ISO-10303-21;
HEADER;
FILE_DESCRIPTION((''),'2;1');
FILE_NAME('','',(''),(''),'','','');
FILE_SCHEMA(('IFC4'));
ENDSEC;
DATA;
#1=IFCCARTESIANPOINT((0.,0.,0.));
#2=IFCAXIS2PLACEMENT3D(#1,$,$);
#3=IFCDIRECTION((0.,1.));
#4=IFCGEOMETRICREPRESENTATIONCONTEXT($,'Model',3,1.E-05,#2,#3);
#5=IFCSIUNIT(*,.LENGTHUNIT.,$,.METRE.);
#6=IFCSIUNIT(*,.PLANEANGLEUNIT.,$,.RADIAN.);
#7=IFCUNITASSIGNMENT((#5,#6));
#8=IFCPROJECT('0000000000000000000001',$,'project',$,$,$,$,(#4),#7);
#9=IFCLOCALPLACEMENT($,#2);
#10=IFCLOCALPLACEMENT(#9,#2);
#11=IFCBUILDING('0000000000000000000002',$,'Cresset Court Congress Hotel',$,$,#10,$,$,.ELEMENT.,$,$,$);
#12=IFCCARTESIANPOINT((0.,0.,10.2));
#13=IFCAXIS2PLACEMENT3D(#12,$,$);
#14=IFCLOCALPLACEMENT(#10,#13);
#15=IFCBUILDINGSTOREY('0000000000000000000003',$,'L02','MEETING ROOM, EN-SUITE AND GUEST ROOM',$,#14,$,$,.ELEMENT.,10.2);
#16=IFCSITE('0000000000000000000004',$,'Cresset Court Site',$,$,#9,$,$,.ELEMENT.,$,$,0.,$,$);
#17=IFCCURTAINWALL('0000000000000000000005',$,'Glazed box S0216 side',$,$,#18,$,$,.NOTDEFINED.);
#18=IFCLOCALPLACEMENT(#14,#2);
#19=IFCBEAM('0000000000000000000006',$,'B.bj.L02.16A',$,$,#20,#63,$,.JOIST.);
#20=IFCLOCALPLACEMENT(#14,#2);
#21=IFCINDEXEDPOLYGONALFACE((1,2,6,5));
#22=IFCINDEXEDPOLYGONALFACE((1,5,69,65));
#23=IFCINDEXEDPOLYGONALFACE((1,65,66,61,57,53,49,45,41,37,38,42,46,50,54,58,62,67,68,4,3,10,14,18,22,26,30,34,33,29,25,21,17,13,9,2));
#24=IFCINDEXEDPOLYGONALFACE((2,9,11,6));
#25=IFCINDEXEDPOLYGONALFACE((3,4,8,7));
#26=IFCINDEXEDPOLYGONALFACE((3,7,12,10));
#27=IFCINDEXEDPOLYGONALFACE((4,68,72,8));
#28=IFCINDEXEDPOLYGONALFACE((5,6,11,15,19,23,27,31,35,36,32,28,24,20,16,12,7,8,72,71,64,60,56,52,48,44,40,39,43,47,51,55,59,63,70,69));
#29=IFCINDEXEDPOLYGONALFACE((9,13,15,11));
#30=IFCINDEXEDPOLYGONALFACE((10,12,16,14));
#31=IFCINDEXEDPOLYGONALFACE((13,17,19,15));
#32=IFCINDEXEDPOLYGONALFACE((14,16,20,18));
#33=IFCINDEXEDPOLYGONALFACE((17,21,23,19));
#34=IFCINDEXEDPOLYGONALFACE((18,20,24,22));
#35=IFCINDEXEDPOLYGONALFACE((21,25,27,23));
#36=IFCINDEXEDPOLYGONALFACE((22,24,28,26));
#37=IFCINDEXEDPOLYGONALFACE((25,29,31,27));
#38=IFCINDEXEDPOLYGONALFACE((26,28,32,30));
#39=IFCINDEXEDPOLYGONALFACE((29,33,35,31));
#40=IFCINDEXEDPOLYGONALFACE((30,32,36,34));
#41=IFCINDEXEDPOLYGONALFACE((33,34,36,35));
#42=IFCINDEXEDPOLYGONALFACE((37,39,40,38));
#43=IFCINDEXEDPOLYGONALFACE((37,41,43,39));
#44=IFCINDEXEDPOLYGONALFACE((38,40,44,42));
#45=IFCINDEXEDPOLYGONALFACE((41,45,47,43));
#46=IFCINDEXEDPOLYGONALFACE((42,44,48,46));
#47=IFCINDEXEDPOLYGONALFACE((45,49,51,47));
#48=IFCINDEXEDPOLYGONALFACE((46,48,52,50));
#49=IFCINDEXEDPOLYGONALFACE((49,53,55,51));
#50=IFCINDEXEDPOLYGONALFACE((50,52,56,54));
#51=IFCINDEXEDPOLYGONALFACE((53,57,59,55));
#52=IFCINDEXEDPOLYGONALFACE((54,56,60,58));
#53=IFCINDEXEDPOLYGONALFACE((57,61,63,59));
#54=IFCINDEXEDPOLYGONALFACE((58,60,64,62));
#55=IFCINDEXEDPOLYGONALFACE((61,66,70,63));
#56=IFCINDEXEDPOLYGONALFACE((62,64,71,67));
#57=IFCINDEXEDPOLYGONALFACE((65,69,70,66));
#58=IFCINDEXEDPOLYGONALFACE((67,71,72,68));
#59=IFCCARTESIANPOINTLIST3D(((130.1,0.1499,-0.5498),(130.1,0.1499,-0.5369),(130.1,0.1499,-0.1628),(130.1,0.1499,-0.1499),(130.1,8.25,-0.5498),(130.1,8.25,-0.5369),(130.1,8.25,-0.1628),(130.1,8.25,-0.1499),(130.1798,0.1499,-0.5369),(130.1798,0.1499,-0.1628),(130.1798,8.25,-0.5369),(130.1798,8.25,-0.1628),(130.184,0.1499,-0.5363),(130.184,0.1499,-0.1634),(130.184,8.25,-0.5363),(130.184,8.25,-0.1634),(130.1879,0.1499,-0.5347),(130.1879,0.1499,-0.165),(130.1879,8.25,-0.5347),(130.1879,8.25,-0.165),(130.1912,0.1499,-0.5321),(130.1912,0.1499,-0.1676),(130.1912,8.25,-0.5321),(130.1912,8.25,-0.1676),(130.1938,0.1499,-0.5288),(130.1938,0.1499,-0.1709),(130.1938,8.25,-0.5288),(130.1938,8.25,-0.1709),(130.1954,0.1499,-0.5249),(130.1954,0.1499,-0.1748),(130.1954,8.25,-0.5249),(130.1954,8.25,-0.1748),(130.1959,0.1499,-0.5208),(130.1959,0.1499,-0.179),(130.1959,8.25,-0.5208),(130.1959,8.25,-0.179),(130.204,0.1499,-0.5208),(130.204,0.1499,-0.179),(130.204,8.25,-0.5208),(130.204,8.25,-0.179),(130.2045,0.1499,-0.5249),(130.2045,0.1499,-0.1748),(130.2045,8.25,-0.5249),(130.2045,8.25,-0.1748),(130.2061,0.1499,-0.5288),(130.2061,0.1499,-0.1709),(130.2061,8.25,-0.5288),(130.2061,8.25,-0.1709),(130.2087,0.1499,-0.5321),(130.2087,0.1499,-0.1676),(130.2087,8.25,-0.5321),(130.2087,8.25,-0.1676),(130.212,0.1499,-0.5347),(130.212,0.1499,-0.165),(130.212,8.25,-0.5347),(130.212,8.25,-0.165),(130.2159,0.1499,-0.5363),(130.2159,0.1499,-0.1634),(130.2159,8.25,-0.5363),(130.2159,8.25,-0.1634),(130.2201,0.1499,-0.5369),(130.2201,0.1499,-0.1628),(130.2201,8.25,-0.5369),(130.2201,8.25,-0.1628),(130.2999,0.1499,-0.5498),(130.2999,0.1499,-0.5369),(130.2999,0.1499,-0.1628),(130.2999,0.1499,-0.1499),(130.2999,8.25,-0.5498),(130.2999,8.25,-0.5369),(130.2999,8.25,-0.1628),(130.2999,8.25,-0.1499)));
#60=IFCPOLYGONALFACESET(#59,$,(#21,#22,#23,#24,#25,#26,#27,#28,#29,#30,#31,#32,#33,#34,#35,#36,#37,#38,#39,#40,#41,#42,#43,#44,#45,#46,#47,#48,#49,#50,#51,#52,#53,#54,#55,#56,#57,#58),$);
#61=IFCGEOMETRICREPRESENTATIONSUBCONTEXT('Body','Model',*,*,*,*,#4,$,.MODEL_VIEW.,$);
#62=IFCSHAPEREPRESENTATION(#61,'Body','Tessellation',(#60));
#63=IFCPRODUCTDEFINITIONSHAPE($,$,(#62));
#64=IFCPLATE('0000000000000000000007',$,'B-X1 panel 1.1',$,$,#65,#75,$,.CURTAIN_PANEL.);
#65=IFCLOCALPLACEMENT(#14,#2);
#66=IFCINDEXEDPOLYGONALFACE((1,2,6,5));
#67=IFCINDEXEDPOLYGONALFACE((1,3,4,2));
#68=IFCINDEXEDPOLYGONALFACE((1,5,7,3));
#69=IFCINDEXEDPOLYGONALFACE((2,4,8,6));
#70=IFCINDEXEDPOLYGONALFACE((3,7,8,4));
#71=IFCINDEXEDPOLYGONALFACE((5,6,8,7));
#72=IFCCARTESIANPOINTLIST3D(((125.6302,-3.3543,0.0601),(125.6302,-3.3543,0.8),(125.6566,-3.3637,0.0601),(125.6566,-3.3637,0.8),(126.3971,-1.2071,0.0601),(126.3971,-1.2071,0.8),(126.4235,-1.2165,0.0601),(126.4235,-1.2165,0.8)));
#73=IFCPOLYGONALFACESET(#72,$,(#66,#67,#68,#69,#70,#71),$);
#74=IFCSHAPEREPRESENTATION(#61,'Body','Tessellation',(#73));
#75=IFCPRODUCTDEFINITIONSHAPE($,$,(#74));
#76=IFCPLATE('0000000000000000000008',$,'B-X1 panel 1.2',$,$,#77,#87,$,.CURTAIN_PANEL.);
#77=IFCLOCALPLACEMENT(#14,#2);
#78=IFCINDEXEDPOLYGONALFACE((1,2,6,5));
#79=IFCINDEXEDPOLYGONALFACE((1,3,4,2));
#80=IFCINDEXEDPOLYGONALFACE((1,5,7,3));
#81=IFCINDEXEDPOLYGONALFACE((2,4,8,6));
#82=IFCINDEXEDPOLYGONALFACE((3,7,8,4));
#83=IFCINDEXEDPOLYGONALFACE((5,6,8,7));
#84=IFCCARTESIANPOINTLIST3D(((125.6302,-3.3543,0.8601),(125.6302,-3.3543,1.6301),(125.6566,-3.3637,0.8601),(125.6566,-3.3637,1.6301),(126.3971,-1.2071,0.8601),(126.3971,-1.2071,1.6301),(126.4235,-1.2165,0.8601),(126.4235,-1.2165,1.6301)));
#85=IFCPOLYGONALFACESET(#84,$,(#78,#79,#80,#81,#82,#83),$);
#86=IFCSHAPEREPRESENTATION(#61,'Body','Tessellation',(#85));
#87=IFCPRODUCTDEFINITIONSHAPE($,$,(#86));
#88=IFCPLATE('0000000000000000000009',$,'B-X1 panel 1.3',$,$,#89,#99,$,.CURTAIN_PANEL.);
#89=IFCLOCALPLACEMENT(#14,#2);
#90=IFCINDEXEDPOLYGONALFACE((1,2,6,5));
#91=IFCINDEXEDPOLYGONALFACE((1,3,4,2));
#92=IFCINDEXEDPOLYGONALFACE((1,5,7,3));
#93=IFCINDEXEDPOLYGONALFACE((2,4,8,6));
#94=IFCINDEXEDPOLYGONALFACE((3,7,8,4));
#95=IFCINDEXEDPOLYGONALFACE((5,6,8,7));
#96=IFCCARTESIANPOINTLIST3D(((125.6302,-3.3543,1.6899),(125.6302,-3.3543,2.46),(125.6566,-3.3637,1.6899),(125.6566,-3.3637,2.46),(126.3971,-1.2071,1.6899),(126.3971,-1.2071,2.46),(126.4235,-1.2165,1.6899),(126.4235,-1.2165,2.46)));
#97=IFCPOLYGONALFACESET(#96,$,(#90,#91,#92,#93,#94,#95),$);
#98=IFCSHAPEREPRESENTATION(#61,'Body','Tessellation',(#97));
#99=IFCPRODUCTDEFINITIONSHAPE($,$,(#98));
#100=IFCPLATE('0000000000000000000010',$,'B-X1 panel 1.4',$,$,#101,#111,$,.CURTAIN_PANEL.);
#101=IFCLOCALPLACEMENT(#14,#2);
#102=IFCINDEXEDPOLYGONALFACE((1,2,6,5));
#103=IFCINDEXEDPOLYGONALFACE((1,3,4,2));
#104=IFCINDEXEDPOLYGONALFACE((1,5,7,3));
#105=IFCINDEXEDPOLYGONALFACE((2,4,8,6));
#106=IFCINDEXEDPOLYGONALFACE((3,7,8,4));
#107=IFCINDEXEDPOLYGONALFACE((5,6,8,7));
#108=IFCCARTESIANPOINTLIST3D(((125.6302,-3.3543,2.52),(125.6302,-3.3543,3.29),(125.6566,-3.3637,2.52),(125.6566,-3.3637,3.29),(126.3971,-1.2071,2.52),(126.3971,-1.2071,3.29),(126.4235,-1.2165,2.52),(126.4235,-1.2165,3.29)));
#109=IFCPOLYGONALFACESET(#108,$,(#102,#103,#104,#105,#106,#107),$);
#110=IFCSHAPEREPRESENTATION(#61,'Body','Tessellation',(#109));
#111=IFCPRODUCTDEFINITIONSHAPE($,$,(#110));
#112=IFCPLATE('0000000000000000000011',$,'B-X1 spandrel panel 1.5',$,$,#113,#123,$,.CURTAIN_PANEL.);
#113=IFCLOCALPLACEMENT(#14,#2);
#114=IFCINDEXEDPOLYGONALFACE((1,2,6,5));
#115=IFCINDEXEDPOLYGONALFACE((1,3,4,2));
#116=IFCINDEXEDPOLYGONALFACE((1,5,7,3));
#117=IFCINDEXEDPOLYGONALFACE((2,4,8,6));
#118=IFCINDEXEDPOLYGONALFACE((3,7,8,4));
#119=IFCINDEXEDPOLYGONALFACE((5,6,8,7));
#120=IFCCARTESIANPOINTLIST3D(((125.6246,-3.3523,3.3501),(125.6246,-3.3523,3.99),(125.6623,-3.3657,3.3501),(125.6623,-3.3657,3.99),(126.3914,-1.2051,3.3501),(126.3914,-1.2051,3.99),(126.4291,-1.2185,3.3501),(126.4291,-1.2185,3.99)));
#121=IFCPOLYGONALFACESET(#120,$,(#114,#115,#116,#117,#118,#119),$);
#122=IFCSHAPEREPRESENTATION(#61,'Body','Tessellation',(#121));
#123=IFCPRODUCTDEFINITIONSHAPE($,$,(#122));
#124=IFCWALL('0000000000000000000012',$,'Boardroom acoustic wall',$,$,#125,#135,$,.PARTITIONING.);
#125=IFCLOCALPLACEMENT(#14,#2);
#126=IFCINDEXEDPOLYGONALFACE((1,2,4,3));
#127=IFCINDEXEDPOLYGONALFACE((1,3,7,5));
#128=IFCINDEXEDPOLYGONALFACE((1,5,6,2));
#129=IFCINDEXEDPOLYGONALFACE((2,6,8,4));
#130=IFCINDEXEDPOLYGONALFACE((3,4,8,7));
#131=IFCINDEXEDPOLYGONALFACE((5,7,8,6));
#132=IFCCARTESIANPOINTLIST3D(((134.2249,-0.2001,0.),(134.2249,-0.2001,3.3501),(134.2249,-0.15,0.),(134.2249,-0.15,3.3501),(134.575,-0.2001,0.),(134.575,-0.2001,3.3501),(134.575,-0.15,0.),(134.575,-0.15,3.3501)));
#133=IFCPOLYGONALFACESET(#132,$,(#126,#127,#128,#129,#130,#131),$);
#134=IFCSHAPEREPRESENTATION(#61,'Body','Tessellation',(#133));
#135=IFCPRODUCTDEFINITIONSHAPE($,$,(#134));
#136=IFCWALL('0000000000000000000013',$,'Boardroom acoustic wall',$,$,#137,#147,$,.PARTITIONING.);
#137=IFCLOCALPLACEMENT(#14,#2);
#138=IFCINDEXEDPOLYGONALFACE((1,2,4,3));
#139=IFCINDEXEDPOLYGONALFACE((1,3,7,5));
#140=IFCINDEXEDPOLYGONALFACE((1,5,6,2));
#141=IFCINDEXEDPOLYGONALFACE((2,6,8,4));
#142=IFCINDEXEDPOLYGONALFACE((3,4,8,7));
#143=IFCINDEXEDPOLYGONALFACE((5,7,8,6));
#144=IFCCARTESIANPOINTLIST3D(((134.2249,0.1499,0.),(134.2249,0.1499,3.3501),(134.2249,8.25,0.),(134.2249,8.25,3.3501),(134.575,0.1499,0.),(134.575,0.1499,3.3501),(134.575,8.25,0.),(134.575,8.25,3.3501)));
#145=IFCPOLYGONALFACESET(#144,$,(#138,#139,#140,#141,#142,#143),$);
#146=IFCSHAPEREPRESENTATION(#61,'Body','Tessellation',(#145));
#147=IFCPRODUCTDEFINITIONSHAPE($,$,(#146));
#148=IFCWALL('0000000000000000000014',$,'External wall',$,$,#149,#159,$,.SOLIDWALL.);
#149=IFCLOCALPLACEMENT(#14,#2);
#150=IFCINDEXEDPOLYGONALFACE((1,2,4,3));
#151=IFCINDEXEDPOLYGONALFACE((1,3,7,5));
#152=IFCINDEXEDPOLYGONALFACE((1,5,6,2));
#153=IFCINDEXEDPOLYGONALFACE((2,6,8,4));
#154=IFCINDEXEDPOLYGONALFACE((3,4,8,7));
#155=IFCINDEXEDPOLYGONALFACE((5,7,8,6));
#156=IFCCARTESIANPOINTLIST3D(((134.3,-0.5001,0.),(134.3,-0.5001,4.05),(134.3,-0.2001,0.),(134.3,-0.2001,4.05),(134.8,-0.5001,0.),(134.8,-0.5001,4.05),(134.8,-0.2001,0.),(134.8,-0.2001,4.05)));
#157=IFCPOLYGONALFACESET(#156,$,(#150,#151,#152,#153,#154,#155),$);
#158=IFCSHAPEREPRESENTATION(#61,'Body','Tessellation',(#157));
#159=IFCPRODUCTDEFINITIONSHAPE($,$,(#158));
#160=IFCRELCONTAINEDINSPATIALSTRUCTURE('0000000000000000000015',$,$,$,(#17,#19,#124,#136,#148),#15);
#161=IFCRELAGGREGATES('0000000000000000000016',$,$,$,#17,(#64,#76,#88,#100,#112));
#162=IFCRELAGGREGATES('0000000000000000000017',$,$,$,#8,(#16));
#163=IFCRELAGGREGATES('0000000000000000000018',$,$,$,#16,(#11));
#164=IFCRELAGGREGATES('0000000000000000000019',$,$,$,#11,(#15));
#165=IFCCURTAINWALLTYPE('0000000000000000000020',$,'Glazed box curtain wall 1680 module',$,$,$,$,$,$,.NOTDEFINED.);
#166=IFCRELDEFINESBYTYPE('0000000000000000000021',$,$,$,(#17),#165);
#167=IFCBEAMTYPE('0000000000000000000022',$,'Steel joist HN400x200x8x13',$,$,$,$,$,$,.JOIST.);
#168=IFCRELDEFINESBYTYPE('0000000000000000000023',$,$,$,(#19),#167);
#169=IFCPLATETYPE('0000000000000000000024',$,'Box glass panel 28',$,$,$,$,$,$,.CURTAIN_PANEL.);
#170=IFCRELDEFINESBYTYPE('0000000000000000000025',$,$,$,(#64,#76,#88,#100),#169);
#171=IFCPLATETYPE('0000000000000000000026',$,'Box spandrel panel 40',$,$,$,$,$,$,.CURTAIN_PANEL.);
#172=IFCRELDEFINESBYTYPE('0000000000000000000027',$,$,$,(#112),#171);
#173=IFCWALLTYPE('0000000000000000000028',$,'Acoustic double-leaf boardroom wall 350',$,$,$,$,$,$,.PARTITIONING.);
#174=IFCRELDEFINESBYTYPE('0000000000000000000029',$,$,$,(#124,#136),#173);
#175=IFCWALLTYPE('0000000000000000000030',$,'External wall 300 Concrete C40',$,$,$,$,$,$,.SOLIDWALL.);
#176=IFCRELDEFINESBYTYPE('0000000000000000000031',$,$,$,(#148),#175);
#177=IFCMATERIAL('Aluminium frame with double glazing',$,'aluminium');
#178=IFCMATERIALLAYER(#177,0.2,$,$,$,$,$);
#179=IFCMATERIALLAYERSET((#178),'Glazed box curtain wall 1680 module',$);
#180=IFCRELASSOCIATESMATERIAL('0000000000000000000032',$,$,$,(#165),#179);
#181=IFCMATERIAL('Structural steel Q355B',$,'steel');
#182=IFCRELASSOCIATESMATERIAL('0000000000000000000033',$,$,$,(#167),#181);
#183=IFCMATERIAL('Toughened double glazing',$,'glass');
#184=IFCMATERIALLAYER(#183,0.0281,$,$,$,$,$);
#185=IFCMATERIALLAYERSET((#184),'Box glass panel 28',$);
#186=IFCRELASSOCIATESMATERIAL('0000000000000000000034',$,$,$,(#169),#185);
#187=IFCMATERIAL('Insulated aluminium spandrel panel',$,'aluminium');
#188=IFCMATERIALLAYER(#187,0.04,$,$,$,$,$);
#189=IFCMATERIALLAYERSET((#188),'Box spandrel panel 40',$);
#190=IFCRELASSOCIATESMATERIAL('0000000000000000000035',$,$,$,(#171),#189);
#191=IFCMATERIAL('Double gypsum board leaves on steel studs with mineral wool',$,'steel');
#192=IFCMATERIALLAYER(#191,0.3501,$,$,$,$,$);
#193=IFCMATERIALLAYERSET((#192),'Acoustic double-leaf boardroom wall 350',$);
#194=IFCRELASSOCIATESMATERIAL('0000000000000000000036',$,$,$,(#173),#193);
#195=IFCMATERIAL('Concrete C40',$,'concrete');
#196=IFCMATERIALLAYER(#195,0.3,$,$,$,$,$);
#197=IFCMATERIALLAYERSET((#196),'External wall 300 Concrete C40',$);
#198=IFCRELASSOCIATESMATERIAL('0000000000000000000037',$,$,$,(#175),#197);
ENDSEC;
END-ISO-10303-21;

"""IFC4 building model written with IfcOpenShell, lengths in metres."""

from ifc_helpers import new_model, si_unit, direction, frame, frame_2d, origin, origin_2d, place, context, subcontext, project, spatial, rectangle, i_section, extrude, material, layer, layer_set, material_profile, profile_set, type_object, element, aggregate, save


model = new_model("IFC4")

# Units and contexts
model_context = context("Model", 3, precision=1e-05, world=origin(), true_north=direction((0.0, 1.0)))
body_context = subcontext(model_context, "Body", "Model", "MODEL_VIEW")
ifc_project = project(units=[si_unit("LENGTHUNIT", "METRE"), si_unit("PLANEANGLEUNIT", "RADIAN")], contexts=[model_context])

# Site, building, storey
site_placement = place(None, origin())
site = spatial("IfcSite", under=ifc_project, at=site_placement, Name="Cresset Court Site", CompositionType="ELEMENT", RefElevation=0.0)
building_placement = place(site_placement, origin())
building = spatial("IfcBuilding", under=site, at=building_placement, Name="Cresset Court Congress Hotel", CompositionType="ELEMENT")
storey_placement = place(building_placement, frame((0.0, 0.0, 10.2)))
storey = spatial("IfcBuildingStorey", under=building, at=storey_placement, Name="L02", Description="MEETING ROOM, EN-SUITE AND GUEST ROOM", CompositionType="ELEMENT", Elevation=10.2)

# Curtain wall
ifc_material_1 = material(Name="Aluminium frame with double glazing", Category="aluminium")
ifc_layer_1 = layer(ifc_material_1, 0.2)
ifc_layer_set_1 = layer_set([ifc_layer_1], Name="Glazed box curtain wall 1680 module")
curtain_wall_type = type_object("IfcCurtainWallType", Name="Glazed box curtain wall 1680 module", PredefinedType="NOTDEFINED", material=ifc_layer_set_1)
curtain_wall_1_placement = place(storey_placement, origin())
curtain_wall_1 = element("IfcCurtainWall", 1, at=curtain_wall_1_placement, inside=storey, type_object=curtain_wall_type, Name="Glazed box S0216 side", PredefinedType="NOTDEFINED")

# Beam
ifc_material_2 = material(Name="Structural steel Q355B", Category="steel")
ifc_material_profile_1 = material_profile(ifc_material_2, i_section(OverallWidth=0.2, OverallDepth=0.3999, WebThickness=0.0081, FlangeThickness=0.0129, FilletRadius=0.0161, at=origin_2d()), Name="HN400x200x8x13")
ifc_profile_set_1 = profile_set([ifc_material_profile_1], Name="Structural steel Q355B")
beam_type_1 = type_object("IfcBeamType", Name="Steel joist HN400x200x8x13", PredefinedType="JOIST", material=ifc_profile_set_1)
beam_1_placement = place(storey_placement, frame((130.2, 0.1499, -0.3499), z_axis=(0.0, 1.0, 0.0), x_axis=(-1.0, 0.0, 0.0)))
element("IfcBeam", 2, at=beam_1_placement, inside=storey, type_object=beam_type_1, Name="B.bj.L02.16A", PredefinedType="JOIST", context=body_context, shape_type="SweptSolid", body=[
    extrude(i_section(OverallWidth=0.2, OverallDepth=0.3999, WebThickness=0.0081, FlangeThickness=0.0129, FilletRadius=0.0161, at=origin_2d()), origin(), (0.0, 0.0, 1.0), 8.1001),
])

# Plates
ifc_material_3 = material(Name="Toughened double glazing", Category="glass")
ifc_layer_2 = layer(ifc_material_3, 0.0281)
ifc_layer_set_2 = layer_set([ifc_layer_2], Name="Box glass panel 28")
plate_type_1 = type_object("IfcPlateType", Name="Box glass panel 28", PredefinedType="CURTAIN_PANEL", material=ifc_layer_set_2)
plate_1_placement = place(storey_placement, frame((126.0269, -2.2854, 0.0601), z_axis=(0.0, 0.0, 1.0), x_axis=(0.336336, 0.941742, 0.0)))
plate_1 = element("IfcPlate", 3, at=plate_1_placement, type_object=plate_type_1, Name="B-X1 panel 1.1", PredefinedType="CURTAIN_PANEL", context=body_context, shape_type="SweptSolid", body=[
    extrude(rectangle(XDim=2.28, YDim=0.0281, at=origin_2d()), origin(), (0.0, 0.0, 1.0), 0.74),
])
plate_2_placement = place(storey_placement, frame((126.0269, -2.2854, 0.8601), z_axis=(0.0, 0.0, 1.0), x_axis=(0.336336, 0.941742, 0.0)))
plate_2 = element("IfcPlate", 4, at=plate_2_placement, type_object=plate_type_1, Name="B-X1 panel 1.2", PredefinedType="CURTAIN_PANEL", context=body_context, shape_type="SweptSolid", body=[
    extrude(rectangle(XDim=2.28, YDim=0.0281, at=origin_2d()), origin(), (0.0, 0.0, 1.0), 0.77),
])
plate_3_placement = place(storey_placement, frame((126.0269, -2.2854, 1.6899), z_axis=(0.0, 0.0, 1.0), x_axis=(0.336336, 0.941742, 0.0)))
plate_3 = element("IfcPlate", 5, at=plate_3_placement, type_object=plate_type_1, Name="B-X1 panel 1.3", PredefinedType="CURTAIN_PANEL", context=body_context, shape_type="SweptSolid", body=[
    extrude(rectangle(XDim=2.28, YDim=0.0281, at=origin_2d()), origin(), (0.0, 0.0, 1.0), 0.77),
])
plate_4_placement = place(storey_placement, frame((126.0269, -2.2854, 2.52), z_axis=(0.0, 0.0, 1.0), x_axis=(0.336336, 0.941742, 0.0)))
plate_4 = element("IfcPlate", 6, at=plate_4_placement, type_object=plate_type_1, Name="B-X1 panel 1.4", PredefinedType="CURTAIN_PANEL", context=body_context, shape_type="SweptSolid", body=[
    extrude(rectangle(XDim=2.28, YDim=0.0281, at=origin_2d()), origin(), (0.0, 0.0, 1.0), 0.77),
])
ifc_material_4 = material(Name="Insulated aluminium spandrel panel", Category="aluminium")
ifc_layer_3 = layer(ifc_material_4, 0.04)
ifc_layer_set_3 = layer_set([ifc_layer_3], Name="Box spandrel panel 40")
plate_type_2 = type_object("IfcPlateType", Name="Box spandrel panel 40", PredefinedType="CURTAIN_PANEL", material=ifc_layer_set_3)
plate_5_placement = place(storey_placement, frame((126.0269, -2.2854, 3.3501), z_axis=(0.0, 0.0, 1.0), x_axis=(0.336336, 0.941742, 0.0)))
plate_5 = element("IfcPlate", 7, at=plate_5_placement, type_object=plate_type_2, Name="B-X1 spandrel panel 1.5", PredefinedType="CURTAIN_PANEL", context=body_context, shape_type="SweptSolid", body=[
    extrude(rectangle(XDim=2.28, YDim=0.04, at=origin_2d()), origin(), (0.0, 0.0, 1.0), 0.6399),
])
aggregate(curtain_wall_1, [plate_1, plate_2, plate_3, plate_4, plate_5])

# Walls
ifc_material_5 = material(Name="Double gypsum board leaves on steel studs with mineral wool", Category="steel")
ifc_layer_4 = layer(ifc_material_5, 0.3501)
ifc_layer_set_4 = layer_set([ifc_layer_4], Name="Acoustic double-leaf boardroom wall 350")
wall_type_1 = type_object("IfcWallType", Name="Acoustic double-leaf boardroom wall 350", PredefinedType="PARTITIONING", material=ifc_layer_set_4)
wall_1_placement = place(storey_placement, frame((134.3999, -0.2, 0.0), z_axis=(0.0, 0.0, 1.0), x_axis=(0.0, 1.0, 0.0)))
element("IfcWall", 8, at=wall_1_placement, inside=storey, type_object=wall_type_1, Name="Boardroom acoustic wall", PredefinedType="PARTITIONING", context=body_context, shape_type="SweptSolid", body=[
    extrude(rectangle(XDim=0.05, YDim=0.3501, at=frame_2d((0.0249, 0.0))), origin(), (0.0, 0.0, 1.0), 3.3501),
])
wall_2_placement = place(storey_placement, frame((134.3999, 0.1499, 0.0), z_axis=(0.0, 0.0, 1.0), x_axis=(0.0, 1.0, 0.0)))
element("IfcWall", 9, at=wall_2_placement, inside=storey, type_object=wall_type_1, Name="Boardroom acoustic wall", PredefinedType="PARTITIONING", context=body_context, shape_type="SweptSolid", body=[
    extrude(rectangle(XDim=8.1001, YDim=0.3501, at=frame_2d((4.05, 0.0))), origin(), (0.0, 0.0, 1.0), 3.3501),
])
ifc_material_6 = material(Name="Concrete C40", Category="concrete")
ifc_layer_5 = layer(ifc_material_6, 0.3)
ifc_layer_set_5 = layer_set([ifc_layer_5], Name="External wall 300 Concrete C40")
wall_type_2 = type_object("IfcWallType", Name="External wall 300 Concrete C40", PredefinedType="SOLIDWALL", material=ifc_layer_set_5)
wall_3_placement = place(storey_placement, frame((134.3, -0.3501, 0.0), z_axis=(0.0, 0.0, 1.0), x_axis=(1.0, 0.0, 0.0)))
element("IfcWall", 10, at=wall_3_placement, inside=storey, type_object=wall_type_2, Name="External wall", PredefinedType="SOLIDWALL", context=body_context, shape_type="SweptSolid", body=[
    extrude(rectangle(XDim=0.5, YDim=0.3, at=frame_2d((0.25, 0.0))), origin(), (0.0, 0.0, 1.0), 4.05),
])

save(model, "model.ifc")
